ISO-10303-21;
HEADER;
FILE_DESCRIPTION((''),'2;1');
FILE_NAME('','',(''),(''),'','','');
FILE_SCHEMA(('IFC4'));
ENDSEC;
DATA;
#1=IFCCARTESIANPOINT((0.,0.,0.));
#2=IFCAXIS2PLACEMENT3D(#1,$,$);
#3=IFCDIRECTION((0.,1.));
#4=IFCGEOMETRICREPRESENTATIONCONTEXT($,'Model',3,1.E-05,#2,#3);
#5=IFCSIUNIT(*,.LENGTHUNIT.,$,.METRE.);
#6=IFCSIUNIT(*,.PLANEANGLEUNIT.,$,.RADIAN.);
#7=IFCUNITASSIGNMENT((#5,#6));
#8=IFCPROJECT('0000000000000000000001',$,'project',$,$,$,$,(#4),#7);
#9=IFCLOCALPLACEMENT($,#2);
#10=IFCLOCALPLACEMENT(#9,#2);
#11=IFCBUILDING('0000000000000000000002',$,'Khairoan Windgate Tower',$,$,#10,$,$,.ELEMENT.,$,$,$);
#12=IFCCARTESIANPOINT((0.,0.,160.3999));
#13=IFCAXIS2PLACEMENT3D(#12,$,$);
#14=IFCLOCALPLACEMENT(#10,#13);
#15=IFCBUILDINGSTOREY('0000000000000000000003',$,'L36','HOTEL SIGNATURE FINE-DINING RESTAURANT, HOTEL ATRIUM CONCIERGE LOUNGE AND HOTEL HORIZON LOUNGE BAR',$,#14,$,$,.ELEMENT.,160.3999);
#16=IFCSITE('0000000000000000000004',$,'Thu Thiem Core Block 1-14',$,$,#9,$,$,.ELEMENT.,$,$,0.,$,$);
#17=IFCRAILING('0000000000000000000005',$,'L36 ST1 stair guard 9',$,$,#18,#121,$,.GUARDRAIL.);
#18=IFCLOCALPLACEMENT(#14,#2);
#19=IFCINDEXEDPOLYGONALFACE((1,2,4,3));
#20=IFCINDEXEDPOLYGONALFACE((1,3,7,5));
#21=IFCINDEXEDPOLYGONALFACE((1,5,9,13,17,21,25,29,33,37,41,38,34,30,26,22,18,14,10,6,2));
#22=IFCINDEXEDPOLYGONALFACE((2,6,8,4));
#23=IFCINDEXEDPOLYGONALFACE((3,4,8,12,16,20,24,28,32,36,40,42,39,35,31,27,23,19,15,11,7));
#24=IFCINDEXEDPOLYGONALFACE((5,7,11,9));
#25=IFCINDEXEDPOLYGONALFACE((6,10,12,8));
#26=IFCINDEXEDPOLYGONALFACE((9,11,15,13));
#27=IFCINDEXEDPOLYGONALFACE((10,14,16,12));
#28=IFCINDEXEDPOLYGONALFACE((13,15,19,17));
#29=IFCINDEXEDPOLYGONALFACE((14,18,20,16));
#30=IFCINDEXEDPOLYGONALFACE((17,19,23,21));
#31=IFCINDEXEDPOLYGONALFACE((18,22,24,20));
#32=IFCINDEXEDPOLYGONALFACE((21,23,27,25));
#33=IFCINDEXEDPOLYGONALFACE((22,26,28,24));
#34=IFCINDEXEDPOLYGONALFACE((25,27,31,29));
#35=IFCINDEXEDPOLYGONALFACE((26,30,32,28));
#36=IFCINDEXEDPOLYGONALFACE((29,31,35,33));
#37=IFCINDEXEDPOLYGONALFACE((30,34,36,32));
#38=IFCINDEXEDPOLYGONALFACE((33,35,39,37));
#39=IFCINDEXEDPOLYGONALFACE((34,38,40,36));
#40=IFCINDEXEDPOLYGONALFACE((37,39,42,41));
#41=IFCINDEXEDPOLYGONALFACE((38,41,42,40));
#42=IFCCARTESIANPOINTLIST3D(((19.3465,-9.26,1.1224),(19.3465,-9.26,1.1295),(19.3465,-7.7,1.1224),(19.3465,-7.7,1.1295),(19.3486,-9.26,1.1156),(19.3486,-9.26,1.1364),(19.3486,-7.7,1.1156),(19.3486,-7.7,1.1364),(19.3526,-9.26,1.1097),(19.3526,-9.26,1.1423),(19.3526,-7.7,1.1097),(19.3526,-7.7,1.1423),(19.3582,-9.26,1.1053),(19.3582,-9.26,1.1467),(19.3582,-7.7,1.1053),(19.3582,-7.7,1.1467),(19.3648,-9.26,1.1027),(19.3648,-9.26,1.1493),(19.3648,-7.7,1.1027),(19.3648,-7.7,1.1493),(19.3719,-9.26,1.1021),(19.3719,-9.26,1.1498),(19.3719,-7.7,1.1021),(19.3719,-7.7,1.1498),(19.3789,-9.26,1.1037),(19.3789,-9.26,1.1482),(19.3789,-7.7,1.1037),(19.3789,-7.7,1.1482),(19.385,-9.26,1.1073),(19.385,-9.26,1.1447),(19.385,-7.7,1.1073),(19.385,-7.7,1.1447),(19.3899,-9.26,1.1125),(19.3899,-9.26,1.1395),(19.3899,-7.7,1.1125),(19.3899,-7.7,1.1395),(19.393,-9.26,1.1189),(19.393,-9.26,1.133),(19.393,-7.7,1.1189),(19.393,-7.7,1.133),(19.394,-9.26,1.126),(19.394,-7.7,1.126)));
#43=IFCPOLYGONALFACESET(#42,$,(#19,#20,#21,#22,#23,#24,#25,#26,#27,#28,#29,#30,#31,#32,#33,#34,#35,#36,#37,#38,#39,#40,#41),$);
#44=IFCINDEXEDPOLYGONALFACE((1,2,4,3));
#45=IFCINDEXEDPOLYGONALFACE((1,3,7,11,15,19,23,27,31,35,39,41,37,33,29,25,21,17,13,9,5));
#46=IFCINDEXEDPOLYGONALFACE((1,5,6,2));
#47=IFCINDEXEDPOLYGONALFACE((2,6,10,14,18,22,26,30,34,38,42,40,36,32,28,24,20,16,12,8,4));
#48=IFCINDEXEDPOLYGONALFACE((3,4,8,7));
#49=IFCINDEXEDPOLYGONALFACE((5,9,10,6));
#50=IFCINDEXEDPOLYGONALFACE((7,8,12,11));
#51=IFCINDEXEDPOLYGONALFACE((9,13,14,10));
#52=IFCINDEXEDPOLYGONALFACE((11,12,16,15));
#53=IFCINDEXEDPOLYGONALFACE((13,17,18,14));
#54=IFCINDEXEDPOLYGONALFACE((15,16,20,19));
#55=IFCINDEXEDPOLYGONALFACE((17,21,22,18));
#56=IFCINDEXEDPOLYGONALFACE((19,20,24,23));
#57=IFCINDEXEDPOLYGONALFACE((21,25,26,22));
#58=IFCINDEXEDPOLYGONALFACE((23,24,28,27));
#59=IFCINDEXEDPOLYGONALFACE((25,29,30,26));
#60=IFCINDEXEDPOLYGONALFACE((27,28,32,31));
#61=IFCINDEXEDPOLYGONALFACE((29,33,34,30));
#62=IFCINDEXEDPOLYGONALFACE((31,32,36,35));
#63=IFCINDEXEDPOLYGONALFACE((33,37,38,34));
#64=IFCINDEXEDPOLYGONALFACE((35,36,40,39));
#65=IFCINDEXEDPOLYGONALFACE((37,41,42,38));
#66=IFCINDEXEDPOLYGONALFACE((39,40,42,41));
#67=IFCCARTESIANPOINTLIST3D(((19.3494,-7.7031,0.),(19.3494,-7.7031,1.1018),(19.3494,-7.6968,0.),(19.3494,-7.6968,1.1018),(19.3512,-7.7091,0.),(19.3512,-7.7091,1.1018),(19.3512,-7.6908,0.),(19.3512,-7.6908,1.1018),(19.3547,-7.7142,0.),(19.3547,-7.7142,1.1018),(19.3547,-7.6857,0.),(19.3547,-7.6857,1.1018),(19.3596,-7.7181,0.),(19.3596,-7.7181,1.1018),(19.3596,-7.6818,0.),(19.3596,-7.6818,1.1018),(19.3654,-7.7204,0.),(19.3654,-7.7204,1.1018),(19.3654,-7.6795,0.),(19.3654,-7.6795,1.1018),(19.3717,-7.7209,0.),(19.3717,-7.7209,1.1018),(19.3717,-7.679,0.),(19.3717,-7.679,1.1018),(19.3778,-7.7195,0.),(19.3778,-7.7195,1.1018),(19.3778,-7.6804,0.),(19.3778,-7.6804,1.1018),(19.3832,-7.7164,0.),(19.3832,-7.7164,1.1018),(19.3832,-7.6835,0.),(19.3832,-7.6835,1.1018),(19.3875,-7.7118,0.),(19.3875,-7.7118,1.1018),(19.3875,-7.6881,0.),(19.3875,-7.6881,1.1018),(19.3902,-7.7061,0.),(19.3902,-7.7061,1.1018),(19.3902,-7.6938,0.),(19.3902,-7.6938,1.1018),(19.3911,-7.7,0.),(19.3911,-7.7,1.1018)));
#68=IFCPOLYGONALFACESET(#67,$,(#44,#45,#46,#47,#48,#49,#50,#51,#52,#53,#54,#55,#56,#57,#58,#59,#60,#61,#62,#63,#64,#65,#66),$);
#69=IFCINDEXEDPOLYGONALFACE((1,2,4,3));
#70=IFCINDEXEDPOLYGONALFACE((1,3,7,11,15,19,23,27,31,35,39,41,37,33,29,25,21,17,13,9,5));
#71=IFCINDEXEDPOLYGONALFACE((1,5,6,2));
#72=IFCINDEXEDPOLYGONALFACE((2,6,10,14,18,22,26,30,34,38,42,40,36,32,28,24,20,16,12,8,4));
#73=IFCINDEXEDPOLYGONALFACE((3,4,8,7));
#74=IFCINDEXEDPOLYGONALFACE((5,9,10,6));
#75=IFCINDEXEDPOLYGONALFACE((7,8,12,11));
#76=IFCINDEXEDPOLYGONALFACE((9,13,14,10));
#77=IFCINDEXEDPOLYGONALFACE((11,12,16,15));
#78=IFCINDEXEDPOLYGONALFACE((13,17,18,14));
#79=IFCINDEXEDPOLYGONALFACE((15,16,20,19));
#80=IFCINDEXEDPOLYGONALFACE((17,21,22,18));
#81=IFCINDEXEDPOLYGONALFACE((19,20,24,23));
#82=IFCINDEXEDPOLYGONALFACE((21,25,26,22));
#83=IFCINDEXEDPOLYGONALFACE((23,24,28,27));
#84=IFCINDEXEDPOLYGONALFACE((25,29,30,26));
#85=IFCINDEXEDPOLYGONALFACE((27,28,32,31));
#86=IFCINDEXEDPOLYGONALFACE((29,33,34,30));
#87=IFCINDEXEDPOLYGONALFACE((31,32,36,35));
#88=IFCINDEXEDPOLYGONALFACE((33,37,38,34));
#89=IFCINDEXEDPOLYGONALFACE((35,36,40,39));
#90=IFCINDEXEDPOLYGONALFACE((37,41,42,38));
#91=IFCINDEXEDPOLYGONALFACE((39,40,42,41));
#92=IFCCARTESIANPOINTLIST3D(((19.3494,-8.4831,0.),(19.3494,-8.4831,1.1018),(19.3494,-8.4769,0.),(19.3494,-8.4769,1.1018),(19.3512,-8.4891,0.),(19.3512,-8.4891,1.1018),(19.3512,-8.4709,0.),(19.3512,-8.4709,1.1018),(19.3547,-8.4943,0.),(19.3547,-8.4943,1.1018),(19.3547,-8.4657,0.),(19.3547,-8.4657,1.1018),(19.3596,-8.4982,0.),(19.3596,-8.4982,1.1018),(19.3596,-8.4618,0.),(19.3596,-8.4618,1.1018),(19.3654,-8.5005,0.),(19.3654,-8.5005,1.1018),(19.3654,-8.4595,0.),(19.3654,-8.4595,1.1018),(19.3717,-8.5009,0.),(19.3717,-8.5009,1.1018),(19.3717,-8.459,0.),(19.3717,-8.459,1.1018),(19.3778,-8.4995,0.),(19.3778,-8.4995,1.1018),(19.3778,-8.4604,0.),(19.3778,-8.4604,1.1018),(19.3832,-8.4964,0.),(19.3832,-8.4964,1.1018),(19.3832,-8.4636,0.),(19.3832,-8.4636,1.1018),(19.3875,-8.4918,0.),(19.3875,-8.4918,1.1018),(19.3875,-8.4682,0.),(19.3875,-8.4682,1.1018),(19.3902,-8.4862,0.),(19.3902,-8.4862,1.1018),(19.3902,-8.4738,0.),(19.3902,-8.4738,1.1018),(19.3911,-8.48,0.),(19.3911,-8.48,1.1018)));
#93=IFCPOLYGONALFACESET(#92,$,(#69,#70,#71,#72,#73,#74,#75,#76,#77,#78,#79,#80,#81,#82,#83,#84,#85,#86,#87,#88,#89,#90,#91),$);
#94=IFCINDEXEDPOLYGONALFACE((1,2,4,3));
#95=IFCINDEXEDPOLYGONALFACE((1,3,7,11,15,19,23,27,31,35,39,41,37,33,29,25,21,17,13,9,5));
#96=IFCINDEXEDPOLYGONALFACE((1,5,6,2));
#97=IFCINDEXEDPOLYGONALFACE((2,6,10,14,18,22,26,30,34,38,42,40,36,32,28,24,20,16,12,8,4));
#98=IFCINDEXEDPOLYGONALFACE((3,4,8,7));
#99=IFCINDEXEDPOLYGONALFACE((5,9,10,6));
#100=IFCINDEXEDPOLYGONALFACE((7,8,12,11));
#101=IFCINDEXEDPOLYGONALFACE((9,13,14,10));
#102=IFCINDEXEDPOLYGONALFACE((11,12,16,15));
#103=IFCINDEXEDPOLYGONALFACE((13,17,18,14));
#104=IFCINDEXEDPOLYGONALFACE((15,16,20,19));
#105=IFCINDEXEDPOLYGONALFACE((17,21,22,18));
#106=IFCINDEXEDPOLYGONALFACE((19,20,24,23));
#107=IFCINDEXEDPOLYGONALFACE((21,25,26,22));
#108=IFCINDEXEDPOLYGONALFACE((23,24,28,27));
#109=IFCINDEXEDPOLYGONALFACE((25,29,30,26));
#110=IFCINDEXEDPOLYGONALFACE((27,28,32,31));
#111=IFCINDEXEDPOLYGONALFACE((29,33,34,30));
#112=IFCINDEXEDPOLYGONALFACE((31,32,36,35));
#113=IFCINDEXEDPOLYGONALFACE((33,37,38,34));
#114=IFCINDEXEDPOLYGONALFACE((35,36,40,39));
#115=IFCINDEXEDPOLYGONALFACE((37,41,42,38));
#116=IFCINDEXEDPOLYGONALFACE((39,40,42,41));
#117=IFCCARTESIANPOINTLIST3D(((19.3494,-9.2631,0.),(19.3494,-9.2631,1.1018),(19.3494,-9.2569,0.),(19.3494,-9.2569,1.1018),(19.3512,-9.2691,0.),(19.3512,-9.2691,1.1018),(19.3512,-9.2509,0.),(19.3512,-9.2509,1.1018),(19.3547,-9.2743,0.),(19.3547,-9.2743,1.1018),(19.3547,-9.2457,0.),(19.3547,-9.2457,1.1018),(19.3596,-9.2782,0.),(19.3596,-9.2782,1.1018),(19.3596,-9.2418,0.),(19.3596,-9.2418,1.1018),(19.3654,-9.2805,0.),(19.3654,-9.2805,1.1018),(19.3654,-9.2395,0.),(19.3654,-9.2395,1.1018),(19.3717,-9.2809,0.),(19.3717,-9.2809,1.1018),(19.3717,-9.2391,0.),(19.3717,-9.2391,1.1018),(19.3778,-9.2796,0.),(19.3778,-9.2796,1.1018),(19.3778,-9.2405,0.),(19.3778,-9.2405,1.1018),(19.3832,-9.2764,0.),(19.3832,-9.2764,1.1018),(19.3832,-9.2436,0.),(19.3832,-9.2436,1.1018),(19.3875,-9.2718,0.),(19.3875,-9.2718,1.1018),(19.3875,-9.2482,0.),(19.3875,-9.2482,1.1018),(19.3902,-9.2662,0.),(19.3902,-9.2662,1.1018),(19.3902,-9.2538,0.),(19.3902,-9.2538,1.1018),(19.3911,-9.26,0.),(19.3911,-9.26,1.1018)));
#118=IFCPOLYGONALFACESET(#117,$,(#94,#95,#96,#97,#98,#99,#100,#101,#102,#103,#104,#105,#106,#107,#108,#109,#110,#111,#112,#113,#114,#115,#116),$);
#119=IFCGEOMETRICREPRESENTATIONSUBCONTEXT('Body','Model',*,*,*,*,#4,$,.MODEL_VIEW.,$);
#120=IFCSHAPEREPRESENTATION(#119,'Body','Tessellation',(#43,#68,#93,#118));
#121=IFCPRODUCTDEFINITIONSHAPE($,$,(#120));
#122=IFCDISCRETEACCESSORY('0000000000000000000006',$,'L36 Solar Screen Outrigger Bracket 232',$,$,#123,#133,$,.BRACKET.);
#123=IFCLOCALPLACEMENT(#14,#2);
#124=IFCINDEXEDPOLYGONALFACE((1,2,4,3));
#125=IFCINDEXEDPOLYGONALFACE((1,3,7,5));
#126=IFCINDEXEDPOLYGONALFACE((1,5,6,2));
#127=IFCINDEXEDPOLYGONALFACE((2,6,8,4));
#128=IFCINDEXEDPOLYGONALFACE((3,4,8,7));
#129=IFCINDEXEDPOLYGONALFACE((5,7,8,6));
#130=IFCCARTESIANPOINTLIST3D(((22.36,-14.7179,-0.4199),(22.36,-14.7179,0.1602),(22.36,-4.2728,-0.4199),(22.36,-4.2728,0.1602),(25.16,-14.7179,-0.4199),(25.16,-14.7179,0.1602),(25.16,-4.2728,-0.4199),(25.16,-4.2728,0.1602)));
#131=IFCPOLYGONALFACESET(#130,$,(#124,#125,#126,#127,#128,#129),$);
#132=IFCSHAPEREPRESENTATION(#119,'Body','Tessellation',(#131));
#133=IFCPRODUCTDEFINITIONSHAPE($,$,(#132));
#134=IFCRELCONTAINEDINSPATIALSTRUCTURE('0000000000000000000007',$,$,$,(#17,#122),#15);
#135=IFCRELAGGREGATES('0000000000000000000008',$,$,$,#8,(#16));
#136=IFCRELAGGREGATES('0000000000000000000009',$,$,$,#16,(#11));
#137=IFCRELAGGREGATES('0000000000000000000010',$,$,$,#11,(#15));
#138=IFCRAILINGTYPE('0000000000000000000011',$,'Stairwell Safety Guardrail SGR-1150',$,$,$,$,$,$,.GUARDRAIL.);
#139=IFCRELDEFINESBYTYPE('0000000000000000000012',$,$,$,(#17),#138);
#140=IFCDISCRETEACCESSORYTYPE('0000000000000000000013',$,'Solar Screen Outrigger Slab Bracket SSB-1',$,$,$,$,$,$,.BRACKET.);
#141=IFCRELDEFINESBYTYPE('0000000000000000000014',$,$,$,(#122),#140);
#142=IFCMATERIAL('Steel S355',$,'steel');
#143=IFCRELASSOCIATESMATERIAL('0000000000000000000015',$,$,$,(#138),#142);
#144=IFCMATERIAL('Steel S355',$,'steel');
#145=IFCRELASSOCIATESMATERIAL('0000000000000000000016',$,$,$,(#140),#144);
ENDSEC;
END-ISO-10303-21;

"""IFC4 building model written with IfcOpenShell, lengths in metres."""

from ifc_helpers import new_model, si_unit, direction, frame, origin, origin_2d, place, context, subcontext, project, spatial, rectangle, circle, extrude, material, type_object, element, save


model = new_model("IFC4")

# Units and contexts
model_context = context("Model", 3, precision=1e-05, world=origin(), true_north=direction((0.0, 1.0)))
body_context = subcontext(model_context, "Body", "Model", "MODEL_VIEW")
ifc_project = project(units=[si_unit("LENGTHUNIT", "METRE"), si_unit("PLANEANGLEUNIT", "RADIAN")], contexts=[model_context])

# Site, building, storey
site_placement = place(None, origin())
site = spatial("IfcSite", under=ifc_project, at=site_placement, Name="Thu Thiem Core Block 1-14", CompositionType="ELEMENT", RefElevation=0.0)
building_placement = place(site_placement, origin())
building = spatial("IfcBuilding", under=site, at=building_placement, Name="Khairoan Windgate Tower", CompositionType="ELEMENT")
storey_placement = place(building_placement, frame((0.0, 0.0, 160.3999)))
storey = spatial("IfcBuildingStorey", under=building, at=storey_placement, Name="L36", Description="HOTEL SIGNATURE FINE-DINING RESTAURANT, HOTEL ATRIUM CONCIERGE LOUNGE AND HOTEL HORIZON LOUNGE BAR", CompositionType="ELEMENT", Elevation=160.3999)

# Railing
ifc_material_1 = material(Name="Steel S355", Category="steel")
railing_type_1 = type_object("IfcRailingType", Name="Stairwell Safety Guardrail SGR-1150", PredefinedType="GUARDRAIL", material=ifc_material_1)
for number, where, name in (
    (1, (19.3701, -7.7, 0.0), "L36 ST1 stair guard 9"),
):
    element("IfcRailing", number, at=place(storey_placement, frame(where)), inside=storey, type_object=railing_type_1, Name=name, PredefinedType="GUARDRAIL", context=body_context, shape_type="SweptSolid", body=[
        extrude(circle(Radius=0.0239, at=origin_2d()), frame((0.0, 0.0, 1.126), z_axis=(0.0, -1.0, 0.0), x_axis=(1.0, 0.0, 0.0)), (0.0, 0.0, 1.0), 1.5601),
        extrude(circle(Radius=0.021, at=origin_2d()), origin(), (0.0, 0.0, 1.0), 1.1018),
        extrude(circle(Radius=0.021, at=origin_2d()), frame((0.0, -0.78, 0.0)), (0.0, 0.0, 1.0), 1.1018),
        extrude(circle(Radius=0.021, at=origin_2d()), frame((0.0, -1.5601, 0.0)), (0.0, 0.0, 1.0), 1.1018),
    ])

# Discrete accessory
ifc_material_2 = material(Name="Steel S355", Category="steel")
discrete_accessory_type = type_object("IfcDiscreteAccessoryType", Name="Solar Screen Outrigger Slab Bracket SSB-1", PredefinedType="BRACKET", material=ifc_material_2)
discrete_accessory_placement = place(storey_placement, frame((23.76, -9.4954, -0.4199), z_axis=(0.0, 0.0, 1.0), x_axis=(0.0, -1.0, 0.0)))
element("IfcDiscreteAccessory", 2, at=discrete_accessory_placement, inside=storey, type_object=discrete_accessory_type, Name="L36 Solar Screen Outrigger Bracket 232", PredefinedType="BRACKET", context=body_context, shape_type="SweptSolid", body=[
    extrude(rectangle(XDim=10.4451, YDim=2.8, at=origin_2d()), origin(), (0.0, 0.0, 1.0), 0.5801),
])

save(model, "model.ifc")
